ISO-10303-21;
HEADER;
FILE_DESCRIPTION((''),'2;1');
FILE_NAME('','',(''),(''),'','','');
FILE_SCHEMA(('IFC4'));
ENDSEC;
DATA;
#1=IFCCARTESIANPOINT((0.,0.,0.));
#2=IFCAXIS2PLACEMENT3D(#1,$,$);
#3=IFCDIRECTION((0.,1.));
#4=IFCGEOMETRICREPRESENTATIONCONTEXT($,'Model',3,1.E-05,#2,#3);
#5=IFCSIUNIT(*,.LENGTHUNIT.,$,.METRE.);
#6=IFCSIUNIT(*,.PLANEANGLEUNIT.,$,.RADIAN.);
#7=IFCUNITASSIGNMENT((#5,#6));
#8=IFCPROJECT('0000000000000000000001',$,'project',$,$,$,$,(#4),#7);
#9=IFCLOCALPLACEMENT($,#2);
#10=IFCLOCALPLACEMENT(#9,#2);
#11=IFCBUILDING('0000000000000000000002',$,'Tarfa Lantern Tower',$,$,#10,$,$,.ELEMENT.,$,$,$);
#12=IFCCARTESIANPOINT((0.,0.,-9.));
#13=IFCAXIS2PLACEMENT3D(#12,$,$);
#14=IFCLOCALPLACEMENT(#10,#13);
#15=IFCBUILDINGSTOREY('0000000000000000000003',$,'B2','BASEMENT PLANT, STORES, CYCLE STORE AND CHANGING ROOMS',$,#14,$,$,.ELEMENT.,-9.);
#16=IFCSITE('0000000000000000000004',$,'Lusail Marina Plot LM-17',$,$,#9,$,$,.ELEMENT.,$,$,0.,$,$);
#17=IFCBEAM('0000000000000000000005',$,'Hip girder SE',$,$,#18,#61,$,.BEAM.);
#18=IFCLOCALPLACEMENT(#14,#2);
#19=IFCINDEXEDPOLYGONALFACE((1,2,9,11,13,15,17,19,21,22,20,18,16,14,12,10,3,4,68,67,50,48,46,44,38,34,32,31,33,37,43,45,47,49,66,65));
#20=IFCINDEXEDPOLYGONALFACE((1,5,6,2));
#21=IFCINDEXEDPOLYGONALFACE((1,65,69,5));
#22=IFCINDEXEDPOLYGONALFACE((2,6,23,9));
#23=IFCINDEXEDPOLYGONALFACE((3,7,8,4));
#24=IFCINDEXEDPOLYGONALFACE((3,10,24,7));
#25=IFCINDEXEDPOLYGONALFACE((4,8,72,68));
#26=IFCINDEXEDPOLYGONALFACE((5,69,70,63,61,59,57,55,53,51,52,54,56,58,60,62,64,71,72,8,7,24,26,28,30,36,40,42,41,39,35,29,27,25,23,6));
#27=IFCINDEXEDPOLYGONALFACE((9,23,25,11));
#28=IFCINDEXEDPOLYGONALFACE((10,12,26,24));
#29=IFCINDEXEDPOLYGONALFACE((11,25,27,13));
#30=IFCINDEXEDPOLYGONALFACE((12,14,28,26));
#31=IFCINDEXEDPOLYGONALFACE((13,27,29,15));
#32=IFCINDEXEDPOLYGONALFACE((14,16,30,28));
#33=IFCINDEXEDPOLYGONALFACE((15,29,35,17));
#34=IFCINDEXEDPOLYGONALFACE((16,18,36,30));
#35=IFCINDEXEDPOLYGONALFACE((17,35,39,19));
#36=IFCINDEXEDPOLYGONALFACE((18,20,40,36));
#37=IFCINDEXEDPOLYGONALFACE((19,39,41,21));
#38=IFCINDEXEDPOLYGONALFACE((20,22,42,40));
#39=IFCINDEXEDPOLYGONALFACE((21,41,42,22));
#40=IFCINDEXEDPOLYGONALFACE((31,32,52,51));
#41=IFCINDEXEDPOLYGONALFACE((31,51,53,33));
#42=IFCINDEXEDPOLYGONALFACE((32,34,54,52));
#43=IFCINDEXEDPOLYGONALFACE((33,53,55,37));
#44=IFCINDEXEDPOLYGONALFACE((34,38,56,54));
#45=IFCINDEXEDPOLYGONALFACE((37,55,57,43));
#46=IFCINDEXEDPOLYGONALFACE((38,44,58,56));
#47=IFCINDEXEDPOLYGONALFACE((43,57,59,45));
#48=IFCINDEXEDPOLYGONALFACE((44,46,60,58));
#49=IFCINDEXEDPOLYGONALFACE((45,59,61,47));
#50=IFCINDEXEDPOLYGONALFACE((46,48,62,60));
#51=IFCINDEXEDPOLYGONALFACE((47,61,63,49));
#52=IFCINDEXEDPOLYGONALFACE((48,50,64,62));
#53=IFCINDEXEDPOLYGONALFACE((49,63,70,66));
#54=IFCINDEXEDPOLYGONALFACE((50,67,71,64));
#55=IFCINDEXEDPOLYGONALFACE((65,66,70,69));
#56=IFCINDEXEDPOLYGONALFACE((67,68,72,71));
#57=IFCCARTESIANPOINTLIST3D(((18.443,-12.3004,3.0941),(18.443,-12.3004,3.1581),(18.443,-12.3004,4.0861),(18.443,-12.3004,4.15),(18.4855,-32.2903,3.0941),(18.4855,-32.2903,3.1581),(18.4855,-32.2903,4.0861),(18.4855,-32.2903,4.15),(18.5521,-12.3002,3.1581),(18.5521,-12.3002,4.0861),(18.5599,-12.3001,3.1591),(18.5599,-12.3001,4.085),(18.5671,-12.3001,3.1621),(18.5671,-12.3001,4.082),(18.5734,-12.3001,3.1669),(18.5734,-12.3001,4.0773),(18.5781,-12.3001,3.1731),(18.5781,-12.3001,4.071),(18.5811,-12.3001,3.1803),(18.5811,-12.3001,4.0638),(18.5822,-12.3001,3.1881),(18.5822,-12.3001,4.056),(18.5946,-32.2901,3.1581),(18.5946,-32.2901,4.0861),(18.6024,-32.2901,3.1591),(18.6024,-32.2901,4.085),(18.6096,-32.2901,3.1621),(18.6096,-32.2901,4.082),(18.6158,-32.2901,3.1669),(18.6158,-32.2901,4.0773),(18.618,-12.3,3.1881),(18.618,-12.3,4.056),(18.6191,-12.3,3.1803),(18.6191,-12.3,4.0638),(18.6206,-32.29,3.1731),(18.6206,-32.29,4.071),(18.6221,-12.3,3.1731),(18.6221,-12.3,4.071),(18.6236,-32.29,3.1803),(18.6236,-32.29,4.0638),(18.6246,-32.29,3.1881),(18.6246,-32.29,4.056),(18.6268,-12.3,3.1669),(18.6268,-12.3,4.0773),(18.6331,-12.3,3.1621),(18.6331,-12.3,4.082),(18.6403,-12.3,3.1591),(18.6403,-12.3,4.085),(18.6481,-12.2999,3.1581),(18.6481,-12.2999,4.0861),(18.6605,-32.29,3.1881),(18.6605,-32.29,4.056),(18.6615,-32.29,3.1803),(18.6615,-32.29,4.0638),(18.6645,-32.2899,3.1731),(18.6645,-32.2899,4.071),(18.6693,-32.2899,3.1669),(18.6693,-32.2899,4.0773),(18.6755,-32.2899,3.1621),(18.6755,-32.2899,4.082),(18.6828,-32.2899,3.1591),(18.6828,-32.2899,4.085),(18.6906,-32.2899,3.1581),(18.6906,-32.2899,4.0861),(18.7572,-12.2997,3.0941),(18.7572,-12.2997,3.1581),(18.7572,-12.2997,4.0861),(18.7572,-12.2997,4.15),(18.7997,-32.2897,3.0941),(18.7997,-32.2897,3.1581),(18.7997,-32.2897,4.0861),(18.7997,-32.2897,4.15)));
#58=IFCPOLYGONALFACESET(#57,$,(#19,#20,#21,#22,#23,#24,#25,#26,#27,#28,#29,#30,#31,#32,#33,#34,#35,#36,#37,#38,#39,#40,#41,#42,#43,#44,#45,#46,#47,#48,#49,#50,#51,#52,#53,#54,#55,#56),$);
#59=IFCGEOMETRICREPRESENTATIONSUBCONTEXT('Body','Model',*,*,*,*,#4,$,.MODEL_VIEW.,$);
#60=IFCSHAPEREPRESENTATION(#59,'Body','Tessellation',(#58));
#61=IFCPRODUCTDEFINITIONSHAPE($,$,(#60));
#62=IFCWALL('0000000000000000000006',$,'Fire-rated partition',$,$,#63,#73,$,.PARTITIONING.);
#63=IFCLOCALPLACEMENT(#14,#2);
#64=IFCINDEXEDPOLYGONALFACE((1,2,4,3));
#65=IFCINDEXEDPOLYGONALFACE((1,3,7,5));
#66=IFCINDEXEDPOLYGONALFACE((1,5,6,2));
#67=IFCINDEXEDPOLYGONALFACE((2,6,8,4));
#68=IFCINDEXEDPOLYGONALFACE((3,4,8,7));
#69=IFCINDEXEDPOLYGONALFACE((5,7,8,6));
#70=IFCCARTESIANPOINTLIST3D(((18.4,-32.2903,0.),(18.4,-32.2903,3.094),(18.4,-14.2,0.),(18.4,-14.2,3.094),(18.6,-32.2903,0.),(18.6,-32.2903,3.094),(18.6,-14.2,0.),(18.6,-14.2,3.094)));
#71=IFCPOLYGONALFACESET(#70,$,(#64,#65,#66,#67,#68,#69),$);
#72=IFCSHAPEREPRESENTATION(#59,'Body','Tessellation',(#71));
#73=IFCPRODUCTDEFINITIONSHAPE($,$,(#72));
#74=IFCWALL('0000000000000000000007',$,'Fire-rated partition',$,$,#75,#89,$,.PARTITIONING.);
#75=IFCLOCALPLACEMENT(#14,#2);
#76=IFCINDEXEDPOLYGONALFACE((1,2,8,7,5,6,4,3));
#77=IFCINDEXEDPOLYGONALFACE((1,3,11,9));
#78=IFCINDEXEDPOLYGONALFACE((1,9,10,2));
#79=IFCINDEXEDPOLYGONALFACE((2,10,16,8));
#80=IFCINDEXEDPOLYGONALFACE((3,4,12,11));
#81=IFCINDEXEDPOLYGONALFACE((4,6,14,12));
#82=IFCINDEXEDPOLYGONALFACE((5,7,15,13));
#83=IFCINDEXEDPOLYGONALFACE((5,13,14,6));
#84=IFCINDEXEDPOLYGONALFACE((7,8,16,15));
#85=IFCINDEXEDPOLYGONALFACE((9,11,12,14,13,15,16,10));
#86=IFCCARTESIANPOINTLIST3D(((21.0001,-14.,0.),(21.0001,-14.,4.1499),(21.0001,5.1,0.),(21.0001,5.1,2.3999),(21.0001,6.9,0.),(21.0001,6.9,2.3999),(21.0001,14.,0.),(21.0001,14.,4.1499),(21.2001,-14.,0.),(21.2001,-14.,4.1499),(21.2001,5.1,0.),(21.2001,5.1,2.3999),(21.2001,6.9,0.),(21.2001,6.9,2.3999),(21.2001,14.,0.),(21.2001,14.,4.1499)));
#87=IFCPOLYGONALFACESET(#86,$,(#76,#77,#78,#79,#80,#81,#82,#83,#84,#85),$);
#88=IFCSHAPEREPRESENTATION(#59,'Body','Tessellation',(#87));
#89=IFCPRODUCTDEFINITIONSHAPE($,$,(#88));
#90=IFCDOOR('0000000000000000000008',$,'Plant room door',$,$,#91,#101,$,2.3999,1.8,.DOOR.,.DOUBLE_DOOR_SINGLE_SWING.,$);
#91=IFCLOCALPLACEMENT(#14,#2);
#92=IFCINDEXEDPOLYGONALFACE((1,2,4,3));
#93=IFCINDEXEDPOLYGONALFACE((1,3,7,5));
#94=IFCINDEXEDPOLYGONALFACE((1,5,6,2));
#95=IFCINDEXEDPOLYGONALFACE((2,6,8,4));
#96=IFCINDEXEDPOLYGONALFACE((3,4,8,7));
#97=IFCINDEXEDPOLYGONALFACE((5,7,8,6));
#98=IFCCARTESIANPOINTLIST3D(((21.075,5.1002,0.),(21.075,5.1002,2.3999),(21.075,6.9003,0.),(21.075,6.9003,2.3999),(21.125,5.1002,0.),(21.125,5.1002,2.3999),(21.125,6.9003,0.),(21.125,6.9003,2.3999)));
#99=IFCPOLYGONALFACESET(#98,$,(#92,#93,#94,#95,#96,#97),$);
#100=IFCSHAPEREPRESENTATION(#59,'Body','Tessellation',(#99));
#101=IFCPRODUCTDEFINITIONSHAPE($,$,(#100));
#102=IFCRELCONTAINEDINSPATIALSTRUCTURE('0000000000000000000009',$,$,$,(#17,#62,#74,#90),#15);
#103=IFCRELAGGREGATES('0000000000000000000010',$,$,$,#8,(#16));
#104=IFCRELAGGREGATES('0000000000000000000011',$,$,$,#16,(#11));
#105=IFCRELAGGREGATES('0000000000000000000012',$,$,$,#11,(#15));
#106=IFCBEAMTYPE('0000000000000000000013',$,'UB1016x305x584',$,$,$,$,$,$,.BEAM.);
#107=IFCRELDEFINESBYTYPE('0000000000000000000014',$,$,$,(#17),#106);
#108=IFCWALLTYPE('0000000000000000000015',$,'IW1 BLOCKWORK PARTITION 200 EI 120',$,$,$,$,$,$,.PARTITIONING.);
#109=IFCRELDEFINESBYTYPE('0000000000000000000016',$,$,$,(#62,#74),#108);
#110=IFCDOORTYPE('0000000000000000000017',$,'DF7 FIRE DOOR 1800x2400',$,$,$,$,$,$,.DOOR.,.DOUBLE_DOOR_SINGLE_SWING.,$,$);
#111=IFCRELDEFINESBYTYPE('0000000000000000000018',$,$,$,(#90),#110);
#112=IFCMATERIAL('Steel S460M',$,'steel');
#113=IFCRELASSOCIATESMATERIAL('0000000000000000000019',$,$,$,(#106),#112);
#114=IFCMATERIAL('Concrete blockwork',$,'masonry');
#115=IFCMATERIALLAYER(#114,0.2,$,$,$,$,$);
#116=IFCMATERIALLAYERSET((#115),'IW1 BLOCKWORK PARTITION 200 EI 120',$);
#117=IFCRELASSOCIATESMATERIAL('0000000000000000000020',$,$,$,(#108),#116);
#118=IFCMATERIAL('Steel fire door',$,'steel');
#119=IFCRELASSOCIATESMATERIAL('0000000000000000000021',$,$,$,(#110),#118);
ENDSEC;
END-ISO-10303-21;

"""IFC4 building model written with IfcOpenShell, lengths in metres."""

from ifc_helpers import new_model, si_unit, direction, frame, frame_2d, origin, origin_2d, place, context, subcontext, project, spatial, rectangle, i_section, extrude, material, layer, layer_set, material_profile, profile_set, type_object, element, fill, save


model = new_model("IFC4")

# Units and contexts
model_context = context("Model", 3, precision=1e-05, world=origin(), true_north=direction((0.0, 1.0)))
body_context = subcontext(model_context, "Body", "Model", "MODEL_VIEW")
ifc_project = project(units=[si_unit("LENGTHUNIT", "METRE"), si_unit("PLANEANGLEUNIT", "RADIAN")], contexts=[model_context])

# Site, building, storey
site_placement = place(None, origin())
site = spatial("IfcSite", under=ifc_project, at=site_placement, Name="Lusail Marina Plot LM-17", CompositionType="ELEMENT", RefElevation=0.0)
building_placement = place(site_placement, origin())
building = spatial("IfcBuilding", under=site, at=building_placement, Name="Tarfa Lantern Tower", CompositionType="ELEMENT")
storey_placement = place(building_placement, frame((0.0, 0.0, -9.0)))
storey = spatial("IfcBuildingStorey", under=building, at=storey_placement, Name="B2", Description="BASEMENT PLANT, STORES, CYCLE STORE AND CHANGING ROOMS", CompositionType="ELEMENT", Elevation=-9.0)

# Beam
ifc_material_1 = material(Name="Steel S460M", Category="steel")
ifc_material_profile_1 = material_profile(ifc_material_1, i_section(OverallWidth=0.3142, OverallDepth=1.0559, WebThickness=0.0359, FlangeThickness=0.064, FilletRadius=0.03, at=origin_2d()), Name="UB1016x305x584")
ifc_profile_set_1 = profile_set([ifc_material_profile_1], Name="Steel S460M")
beam_type_1 = type_object("IfcBeamType", Name="UB1016x305x584", PredefinedType="BEAM", material=ifc_profile_set_1)
beam_1_placement = place(storey_placement, frame((18.6001, -12.3, 3.6221), z_axis=(0.002125, -0.999998, 0.0), x_axis=(0.999998, 0.002125, 0.0)))
element("IfcBeam", 1, at=beam_1_placement, inside=storey, type_object=beam_type_1, Name="Hip girder SE", PredefinedType="BEAM", context=body_context, shape_type="SweptSolid", body=[
    extrude(i_section(OverallWidth=0.3142, OverallDepth=1.0559, WebThickness=0.0359, FlangeThickness=0.064, FilletRadius=0.03, at=origin_2d()), origin(), (0.0, 0.0, 1.0), 19.99),
])

# Wall
ifc_material_2 = material(Name="Concrete blockwork", Category="masonry")
ifc_layer_1 = layer(ifc_material_2, 0.2)
ifc_layer_set_1 = layer_set([ifc_layer_1], Name="IW1 BLOCKWORK PARTITION 200 EI 120")
wall_type_1 = type_object("IfcWallType", Name="IW1 BLOCKWORK PARTITION 200 EI 120", PredefinedType="PARTITIONING", material=ifc_layer_set_1)
wall_1_placement = place(storey_placement, frame((18.5, -14.2, 0.0), z_axis=(0.0, 0.0, 1.0), x_axis=(0.0, -1.0, 0.0)))
element("IfcWall", 2, at=wall_1_placement, inside=storey, type_object=wall_type_1, Name="Fire-rated partition", PredefinedType="PARTITIONING", context=body_context, shape_type="SweptSolid", body=[
    extrude(rectangle(XDim=18.0903, YDim=0.2, at=frame_2d((9.0452, 0.0))), origin(), (0.0, 0.0, 1.0), 3.094),
])

# Wall, opening, door
wall_2_placement = place(storey_placement, frame((21.1001, -14.0, 0.0), z_axis=(0.0, 0.0, 1.0), x_axis=(0.0, 1.0, 0.0)))
wall_2 = element("IfcWall", 3, at=wall_2_placement, inside=storey, type_object=wall_type_1, Name="Fire-rated partition", PredefinedType="PARTITIONING", context=body_context, shape_type="SweptSolid", body=[
    extrude(rectangle(XDim=28.0, YDim=0.2, at=frame_2d((14.0, 0.0))), origin(), (0.0, 0.0, 1.0), 4.1499),
])
opening_1_placement = place(wall_2_placement, frame((19.1001, 0.0, 0.0)))
opening_1 = element("IfcOpeningElement", 4, at=opening_1_placement, cuts=wall_2, PredefinedType="OPENING", context=body_context, shape_type="SweptSolid", body=[
    extrude(rectangle(XDim=1.8, YDim=2.3999, at=frame_2d((0.8999, 1.2))), frame((0.0, 0.1099, 0.0), z_axis=(0.0, -1.0, 0.0), x_axis=(1.0, 0.0, 0.0)), (0.0, 0.0, 1.0), 0.22),
])
ifc_material_3 = material(Name="Steel fire door", Category="steel")
door_type_1 = type_object("IfcDoorType", Name="DF7 FIRE DOOR 1800x2400", OperationType="DOUBLE_DOOR_SINGLE_SWING", PredefinedType="DOOR", material=ifc_material_3)
door_1_placement = place(opening_1_placement, frame((1.8, 0.0, 0.0), z_axis=(0.0, 0.0, 1.0), x_axis=(-1.0, 0.0, 0.0)))
door_1 = element("IfcDoor", 5, at=door_1_placement, inside=storey, type_object=door_type_1, Name="Plant room door", OperationType="DOUBLE_DOOR_SINGLE_SWING", OverallHeight=2.3999, OverallWidth=1.8, PredefinedType="DOOR", context=body_context, shape_type="SweptSolid", body=[
    extrude(rectangle(XDim=1.8, YDim=2.3999, at=frame_2d((0.8999, 1.2))), frame((0.0, 0.0249, 0.0), z_axis=(0.0, -1.0, 0.0), x_axis=(1.0, 0.0, 0.0)), (0.0, 0.0, 1.0), 0.05),
])
fill(opening_1, door_1)

save(model, "model.ifc")
